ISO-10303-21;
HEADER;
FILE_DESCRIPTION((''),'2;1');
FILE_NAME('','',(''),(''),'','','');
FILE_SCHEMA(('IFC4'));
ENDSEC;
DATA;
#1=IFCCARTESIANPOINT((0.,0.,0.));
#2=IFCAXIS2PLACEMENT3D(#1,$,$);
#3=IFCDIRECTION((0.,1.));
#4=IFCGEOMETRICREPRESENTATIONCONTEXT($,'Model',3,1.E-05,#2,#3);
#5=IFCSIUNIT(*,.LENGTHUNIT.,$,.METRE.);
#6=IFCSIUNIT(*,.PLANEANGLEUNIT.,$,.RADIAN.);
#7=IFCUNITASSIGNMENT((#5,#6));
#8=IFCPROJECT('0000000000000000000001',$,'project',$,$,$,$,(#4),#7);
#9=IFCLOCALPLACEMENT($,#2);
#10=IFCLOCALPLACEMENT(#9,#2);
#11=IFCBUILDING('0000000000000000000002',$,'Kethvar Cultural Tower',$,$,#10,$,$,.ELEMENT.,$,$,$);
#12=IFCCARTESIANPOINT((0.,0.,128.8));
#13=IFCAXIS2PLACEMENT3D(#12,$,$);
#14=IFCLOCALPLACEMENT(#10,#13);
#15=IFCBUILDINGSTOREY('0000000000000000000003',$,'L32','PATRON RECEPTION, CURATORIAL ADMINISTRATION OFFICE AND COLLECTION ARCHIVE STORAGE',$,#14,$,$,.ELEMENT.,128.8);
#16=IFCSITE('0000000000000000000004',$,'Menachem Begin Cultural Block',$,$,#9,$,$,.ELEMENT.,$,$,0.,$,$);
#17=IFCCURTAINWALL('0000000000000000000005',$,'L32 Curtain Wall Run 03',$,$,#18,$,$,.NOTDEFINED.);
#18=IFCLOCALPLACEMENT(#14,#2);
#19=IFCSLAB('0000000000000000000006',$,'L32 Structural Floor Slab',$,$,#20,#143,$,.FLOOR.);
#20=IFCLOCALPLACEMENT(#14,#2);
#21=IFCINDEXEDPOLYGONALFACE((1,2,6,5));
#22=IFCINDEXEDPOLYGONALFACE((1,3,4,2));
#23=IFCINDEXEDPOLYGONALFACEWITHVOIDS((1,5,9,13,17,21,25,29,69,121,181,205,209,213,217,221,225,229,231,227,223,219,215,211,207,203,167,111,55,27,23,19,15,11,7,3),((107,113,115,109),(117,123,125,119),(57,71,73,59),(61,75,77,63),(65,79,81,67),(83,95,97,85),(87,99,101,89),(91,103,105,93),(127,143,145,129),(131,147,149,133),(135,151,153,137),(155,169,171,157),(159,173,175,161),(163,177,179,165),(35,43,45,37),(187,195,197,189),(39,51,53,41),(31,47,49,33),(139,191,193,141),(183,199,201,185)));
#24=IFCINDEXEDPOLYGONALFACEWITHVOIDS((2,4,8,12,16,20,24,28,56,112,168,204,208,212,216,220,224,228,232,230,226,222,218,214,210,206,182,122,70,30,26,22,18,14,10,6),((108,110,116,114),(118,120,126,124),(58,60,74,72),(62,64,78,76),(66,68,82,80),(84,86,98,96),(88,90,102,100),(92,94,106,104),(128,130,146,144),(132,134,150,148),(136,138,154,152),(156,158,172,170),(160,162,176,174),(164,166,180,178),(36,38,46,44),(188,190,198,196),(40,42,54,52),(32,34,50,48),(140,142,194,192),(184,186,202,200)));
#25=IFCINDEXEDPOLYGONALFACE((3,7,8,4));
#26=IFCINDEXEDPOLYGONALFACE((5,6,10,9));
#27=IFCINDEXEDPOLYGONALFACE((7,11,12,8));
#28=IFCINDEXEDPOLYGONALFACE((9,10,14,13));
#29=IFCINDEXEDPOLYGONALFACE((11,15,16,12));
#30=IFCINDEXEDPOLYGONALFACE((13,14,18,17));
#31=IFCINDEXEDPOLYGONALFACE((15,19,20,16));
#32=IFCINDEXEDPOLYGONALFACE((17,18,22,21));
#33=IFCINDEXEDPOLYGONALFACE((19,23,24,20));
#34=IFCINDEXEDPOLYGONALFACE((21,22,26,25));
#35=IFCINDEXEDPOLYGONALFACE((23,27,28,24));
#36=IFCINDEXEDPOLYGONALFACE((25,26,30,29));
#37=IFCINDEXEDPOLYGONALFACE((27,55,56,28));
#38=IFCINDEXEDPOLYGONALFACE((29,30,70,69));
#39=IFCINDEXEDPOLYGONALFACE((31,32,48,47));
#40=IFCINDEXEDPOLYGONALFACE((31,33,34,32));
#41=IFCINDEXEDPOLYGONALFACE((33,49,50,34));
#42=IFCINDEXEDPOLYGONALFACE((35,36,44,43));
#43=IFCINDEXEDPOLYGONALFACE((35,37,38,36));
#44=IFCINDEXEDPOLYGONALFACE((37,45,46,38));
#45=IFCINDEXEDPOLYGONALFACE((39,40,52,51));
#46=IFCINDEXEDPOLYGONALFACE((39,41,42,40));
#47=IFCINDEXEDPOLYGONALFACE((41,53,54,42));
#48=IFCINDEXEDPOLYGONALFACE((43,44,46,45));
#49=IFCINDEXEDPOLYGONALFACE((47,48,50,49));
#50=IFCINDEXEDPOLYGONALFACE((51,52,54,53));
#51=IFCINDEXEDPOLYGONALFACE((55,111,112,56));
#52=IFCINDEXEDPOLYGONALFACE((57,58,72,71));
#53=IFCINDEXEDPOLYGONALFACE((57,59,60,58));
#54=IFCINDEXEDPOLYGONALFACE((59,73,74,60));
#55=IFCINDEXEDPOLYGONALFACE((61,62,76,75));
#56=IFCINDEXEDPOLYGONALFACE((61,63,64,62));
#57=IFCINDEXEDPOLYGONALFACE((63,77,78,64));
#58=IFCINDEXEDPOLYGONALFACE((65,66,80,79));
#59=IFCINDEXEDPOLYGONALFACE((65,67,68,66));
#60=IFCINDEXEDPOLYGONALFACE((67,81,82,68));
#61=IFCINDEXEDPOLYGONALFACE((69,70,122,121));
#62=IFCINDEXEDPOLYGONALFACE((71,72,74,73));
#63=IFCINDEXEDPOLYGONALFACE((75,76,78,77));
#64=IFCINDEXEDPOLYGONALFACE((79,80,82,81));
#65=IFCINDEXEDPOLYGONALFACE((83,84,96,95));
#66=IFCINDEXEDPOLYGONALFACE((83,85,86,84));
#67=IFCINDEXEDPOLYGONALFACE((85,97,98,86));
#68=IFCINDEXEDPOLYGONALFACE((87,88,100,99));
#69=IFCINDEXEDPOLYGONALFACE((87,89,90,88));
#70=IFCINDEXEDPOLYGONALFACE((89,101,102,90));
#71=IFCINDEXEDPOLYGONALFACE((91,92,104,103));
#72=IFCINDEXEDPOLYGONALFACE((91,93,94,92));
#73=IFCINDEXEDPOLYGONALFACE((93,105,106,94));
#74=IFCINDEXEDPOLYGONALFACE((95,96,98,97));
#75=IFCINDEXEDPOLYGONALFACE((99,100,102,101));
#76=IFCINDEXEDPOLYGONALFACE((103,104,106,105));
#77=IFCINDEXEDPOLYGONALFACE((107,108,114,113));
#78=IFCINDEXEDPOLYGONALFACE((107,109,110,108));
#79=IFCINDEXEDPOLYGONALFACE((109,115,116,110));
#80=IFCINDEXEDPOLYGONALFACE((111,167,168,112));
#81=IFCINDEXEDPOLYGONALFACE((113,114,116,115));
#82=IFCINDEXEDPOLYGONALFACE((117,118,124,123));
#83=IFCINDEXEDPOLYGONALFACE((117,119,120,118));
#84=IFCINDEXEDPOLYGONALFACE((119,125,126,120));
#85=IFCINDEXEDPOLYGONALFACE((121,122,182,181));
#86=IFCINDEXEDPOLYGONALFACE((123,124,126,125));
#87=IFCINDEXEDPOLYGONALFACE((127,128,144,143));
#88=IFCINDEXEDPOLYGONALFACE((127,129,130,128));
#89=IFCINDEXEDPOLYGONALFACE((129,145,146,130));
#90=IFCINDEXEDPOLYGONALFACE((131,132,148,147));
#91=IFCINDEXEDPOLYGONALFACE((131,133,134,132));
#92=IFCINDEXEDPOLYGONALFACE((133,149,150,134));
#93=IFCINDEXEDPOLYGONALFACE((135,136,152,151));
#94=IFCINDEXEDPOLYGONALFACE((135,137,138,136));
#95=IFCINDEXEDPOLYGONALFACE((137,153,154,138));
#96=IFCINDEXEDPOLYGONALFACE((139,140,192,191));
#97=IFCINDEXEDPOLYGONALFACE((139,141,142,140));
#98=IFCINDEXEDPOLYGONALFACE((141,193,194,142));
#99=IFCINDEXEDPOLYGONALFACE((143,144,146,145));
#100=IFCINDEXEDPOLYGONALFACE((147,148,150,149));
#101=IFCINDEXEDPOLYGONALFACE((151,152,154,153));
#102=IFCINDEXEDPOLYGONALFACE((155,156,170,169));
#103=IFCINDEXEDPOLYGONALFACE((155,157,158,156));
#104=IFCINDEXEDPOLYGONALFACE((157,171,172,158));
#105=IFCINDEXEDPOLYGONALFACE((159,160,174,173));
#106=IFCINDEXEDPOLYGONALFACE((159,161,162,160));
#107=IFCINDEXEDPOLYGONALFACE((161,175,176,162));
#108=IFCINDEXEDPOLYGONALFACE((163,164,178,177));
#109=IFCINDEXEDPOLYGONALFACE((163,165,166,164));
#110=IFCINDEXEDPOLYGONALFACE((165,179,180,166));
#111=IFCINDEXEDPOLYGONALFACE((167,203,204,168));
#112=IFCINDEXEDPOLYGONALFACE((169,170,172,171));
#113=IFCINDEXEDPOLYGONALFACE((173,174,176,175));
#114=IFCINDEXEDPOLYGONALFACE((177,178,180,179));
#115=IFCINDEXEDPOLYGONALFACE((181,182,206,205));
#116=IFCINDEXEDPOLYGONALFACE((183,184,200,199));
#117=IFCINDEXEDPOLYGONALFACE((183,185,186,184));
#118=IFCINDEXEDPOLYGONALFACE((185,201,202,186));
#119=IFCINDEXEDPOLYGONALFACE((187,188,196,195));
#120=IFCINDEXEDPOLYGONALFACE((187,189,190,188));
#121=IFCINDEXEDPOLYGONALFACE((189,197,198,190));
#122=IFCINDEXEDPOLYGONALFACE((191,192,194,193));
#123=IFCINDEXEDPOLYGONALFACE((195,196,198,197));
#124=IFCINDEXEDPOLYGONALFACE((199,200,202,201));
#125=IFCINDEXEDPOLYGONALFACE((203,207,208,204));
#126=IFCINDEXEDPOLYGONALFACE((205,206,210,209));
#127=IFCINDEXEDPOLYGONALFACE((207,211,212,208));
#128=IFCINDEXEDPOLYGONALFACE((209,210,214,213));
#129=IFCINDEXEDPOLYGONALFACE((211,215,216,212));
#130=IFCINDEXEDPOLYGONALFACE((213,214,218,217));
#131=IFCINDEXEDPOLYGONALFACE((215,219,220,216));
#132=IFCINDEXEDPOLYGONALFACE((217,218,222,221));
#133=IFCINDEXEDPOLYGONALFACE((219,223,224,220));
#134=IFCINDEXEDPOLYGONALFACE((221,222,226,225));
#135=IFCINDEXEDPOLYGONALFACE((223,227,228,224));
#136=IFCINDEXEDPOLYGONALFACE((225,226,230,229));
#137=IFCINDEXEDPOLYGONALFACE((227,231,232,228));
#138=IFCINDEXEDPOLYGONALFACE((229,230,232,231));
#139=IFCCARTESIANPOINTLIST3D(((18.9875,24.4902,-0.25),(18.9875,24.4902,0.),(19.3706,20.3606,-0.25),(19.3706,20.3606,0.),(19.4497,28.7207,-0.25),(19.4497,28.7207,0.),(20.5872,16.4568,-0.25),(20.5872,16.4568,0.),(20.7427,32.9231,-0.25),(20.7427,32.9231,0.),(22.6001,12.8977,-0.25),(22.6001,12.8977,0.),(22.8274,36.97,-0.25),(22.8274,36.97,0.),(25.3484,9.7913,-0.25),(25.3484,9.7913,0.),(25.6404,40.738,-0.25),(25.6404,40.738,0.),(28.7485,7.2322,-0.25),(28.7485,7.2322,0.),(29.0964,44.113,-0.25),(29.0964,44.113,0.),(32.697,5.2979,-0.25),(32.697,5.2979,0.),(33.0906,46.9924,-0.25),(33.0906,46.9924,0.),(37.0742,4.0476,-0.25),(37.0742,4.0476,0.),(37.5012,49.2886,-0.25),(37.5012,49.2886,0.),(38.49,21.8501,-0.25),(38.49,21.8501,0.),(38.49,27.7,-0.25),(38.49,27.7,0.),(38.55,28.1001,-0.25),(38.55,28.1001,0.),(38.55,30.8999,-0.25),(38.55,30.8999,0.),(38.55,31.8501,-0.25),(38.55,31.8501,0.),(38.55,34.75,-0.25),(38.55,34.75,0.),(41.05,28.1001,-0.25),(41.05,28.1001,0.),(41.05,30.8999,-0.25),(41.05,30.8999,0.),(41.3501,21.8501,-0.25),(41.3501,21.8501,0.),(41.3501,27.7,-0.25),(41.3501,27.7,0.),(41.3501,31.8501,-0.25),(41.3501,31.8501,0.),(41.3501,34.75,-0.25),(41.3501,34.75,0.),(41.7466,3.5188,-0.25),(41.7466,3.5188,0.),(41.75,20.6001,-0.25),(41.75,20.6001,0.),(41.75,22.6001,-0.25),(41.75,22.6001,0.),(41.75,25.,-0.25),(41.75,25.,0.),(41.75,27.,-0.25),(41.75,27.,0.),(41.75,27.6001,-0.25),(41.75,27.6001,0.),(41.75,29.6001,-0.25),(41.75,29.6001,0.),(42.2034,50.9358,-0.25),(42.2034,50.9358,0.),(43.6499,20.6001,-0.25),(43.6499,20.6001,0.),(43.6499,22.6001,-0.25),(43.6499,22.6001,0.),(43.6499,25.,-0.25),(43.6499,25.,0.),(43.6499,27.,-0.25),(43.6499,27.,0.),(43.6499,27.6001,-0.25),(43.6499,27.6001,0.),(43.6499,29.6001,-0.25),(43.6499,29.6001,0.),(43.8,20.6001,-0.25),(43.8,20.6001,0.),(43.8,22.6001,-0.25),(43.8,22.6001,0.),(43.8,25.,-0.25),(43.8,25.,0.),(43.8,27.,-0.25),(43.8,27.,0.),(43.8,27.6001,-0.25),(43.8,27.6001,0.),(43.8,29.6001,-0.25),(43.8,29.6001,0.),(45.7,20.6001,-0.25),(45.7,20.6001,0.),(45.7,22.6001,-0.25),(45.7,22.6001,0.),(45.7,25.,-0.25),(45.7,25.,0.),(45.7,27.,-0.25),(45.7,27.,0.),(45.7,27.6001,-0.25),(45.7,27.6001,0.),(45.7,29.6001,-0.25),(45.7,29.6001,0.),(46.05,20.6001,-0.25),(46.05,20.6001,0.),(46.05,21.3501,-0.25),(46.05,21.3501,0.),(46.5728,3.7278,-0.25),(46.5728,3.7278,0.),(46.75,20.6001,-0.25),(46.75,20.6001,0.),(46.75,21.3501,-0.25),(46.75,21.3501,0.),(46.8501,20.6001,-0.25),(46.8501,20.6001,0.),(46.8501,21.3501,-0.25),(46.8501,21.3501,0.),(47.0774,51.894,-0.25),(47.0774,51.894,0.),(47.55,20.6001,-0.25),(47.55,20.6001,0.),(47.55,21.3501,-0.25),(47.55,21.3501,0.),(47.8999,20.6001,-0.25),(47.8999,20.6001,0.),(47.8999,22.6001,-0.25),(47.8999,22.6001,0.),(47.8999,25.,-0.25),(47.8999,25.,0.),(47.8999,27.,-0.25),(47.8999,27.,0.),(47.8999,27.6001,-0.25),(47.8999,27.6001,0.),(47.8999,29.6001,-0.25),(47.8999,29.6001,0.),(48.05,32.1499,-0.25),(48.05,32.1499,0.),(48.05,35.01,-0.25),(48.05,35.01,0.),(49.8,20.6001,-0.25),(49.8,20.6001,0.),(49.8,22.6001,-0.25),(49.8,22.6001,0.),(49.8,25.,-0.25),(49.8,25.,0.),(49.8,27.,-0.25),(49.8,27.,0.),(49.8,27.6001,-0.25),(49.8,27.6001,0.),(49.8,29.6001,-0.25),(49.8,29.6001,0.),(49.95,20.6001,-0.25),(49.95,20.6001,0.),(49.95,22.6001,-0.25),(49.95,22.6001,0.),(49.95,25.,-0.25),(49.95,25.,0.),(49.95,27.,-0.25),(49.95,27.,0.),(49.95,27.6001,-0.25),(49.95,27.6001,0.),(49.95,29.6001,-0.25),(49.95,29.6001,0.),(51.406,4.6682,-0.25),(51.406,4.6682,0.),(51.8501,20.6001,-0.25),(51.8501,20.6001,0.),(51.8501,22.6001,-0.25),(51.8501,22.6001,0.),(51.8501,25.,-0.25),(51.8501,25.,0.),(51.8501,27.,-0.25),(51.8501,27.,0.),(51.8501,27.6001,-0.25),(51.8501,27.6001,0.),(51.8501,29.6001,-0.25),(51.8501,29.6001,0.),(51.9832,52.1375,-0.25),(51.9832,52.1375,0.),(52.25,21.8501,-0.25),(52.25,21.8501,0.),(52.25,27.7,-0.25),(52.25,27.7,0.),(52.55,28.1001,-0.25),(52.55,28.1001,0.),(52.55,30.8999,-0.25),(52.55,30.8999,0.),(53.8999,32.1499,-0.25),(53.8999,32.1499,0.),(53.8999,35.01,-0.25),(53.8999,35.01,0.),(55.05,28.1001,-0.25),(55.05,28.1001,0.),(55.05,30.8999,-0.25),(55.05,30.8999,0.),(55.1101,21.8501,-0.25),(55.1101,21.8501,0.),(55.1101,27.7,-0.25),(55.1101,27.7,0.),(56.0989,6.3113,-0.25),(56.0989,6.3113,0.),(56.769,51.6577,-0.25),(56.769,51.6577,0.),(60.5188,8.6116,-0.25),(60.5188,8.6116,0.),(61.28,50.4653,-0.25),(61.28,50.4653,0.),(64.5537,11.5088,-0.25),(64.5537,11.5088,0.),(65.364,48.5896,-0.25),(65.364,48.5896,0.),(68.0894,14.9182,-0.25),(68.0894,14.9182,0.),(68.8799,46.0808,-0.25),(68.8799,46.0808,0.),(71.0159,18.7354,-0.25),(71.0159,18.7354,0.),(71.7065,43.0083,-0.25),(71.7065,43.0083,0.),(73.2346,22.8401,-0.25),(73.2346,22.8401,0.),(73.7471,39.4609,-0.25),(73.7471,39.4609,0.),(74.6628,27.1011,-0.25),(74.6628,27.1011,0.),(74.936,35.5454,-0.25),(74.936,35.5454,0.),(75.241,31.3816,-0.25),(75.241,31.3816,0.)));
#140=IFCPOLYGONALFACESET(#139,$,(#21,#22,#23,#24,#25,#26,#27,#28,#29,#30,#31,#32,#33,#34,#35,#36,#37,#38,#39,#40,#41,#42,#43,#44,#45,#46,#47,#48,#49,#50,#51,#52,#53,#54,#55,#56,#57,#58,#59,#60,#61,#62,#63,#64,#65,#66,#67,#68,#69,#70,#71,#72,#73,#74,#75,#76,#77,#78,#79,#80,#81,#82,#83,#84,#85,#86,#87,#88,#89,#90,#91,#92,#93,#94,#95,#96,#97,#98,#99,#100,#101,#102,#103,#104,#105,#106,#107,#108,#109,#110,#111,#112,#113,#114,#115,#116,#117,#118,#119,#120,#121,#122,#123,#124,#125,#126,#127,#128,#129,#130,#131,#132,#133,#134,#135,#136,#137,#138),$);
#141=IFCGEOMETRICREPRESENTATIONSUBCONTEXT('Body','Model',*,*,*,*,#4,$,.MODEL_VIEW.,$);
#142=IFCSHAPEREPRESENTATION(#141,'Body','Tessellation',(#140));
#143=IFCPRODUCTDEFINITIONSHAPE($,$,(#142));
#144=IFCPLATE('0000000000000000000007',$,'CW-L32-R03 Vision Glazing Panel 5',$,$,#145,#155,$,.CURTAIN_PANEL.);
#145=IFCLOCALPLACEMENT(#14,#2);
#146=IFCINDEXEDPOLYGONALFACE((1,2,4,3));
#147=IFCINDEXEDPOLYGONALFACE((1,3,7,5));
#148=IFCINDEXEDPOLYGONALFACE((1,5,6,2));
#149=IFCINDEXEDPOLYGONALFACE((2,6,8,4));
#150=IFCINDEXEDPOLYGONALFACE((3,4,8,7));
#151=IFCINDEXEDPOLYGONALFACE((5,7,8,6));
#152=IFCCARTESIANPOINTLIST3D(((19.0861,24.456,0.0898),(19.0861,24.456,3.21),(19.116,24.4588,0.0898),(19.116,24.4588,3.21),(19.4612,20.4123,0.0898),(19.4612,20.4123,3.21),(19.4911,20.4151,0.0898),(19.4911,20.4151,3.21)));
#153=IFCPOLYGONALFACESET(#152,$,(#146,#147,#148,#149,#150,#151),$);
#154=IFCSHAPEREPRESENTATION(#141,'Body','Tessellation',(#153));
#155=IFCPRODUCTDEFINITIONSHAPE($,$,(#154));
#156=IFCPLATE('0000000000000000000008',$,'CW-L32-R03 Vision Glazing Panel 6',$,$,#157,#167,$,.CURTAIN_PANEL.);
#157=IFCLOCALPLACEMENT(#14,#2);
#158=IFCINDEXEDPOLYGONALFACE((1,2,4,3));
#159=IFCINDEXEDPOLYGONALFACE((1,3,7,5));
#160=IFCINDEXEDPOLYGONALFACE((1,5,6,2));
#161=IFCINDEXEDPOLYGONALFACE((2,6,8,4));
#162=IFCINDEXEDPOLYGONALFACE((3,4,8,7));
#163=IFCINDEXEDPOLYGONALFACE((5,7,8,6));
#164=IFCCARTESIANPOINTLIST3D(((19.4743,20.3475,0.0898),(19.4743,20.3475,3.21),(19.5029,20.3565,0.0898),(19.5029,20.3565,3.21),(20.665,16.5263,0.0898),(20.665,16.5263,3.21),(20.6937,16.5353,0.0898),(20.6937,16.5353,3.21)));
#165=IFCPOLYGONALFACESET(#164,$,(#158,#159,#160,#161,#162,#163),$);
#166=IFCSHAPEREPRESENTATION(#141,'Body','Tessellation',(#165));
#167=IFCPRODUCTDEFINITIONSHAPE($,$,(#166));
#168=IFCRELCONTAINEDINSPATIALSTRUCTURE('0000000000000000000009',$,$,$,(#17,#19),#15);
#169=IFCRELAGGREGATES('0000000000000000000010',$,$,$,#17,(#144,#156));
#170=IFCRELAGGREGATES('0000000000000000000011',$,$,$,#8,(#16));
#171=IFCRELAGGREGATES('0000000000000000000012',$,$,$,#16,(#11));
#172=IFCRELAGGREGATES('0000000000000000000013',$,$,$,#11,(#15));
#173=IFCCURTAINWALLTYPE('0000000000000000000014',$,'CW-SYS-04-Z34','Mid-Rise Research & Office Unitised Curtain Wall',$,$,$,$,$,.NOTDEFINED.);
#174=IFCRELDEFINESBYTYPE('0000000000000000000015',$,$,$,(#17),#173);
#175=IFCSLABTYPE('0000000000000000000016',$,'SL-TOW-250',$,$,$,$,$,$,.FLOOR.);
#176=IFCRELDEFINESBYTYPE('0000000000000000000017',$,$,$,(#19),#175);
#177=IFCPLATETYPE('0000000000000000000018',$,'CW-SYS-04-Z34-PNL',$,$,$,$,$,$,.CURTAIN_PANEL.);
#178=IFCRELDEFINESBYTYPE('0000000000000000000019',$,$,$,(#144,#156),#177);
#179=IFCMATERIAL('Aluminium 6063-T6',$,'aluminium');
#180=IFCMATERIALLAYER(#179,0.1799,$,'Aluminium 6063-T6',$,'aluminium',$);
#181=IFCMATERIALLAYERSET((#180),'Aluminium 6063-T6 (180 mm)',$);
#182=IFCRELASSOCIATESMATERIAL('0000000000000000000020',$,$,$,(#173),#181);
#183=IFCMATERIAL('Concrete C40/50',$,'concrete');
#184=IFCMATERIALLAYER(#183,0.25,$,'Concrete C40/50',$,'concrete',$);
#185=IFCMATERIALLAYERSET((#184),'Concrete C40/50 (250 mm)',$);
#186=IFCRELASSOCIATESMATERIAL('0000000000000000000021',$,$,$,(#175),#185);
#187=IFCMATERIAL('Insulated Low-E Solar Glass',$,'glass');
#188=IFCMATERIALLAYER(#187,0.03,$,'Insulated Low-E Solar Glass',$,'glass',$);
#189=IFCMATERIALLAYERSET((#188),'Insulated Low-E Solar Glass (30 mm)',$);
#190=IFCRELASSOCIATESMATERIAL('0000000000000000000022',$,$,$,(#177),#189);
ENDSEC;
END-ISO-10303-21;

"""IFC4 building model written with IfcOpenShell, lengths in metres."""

from ifc_helpers import new_model, si_unit, direction, frame, origin, origin_2d, place, context, subcontext, project, spatial, polyline, rectangle, outline, extrude, source, transform, mapped, material, layer, layer_set, type_object, element, aggregate, save


model = new_model("IFC4")

# Units and contexts
model_context = context("Model", 3, precision=1e-05, world=origin(), true_north=direction((0.0, 1.0)))
body_context = subcontext(model_context, "Body", "Model", "MODEL_VIEW")
ifc_project = project(units=[si_unit("LENGTHUNIT", "METRE"), si_unit("PLANEANGLEUNIT", "RADIAN")], contexts=[model_context])

# Site, building, storey
site_placement = place(None, origin())
site = spatial("IfcSite", under=ifc_project, at=site_placement, Name="Menachem Begin Cultural Block", CompositionType="ELEMENT", RefElevation=0.0)
building_placement = place(site_placement, origin())
building = spatial("IfcBuilding", under=site, at=building_placement, Name="Kethvar Cultural Tower", CompositionType="ELEMENT")
storey_placement = place(building_placement, frame((0.0, 0.0, 128.8)))
storey = spatial("IfcBuildingStorey", under=building, at=storey_placement, Name="L32", Description="PATRON RECEPTION, CURATORIAL ADMINISTRATION OFFICE AND COLLECTION ARCHIVE STORAGE", CompositionType="ELEMENT", Elevation=128.8)

# Curtain wall
ifc_material_1 = material(Name="Aluminium 6063-T6", Category="aluminium")
ifc_layer_1 = layer(ifc_material_1, 0.1799, Name="Aluminium 6063-T6", Category="aluminium")
ifc_layer_set_1 = layer_set([ifc_layer_1], Name="Aluminium 6063-T6 (180 mm)")
curtain_wall_type = type_object("IfcCurtainWallType", Name="CW-SYS-04-Z34", Description="Mid-Rise Research & Office Unitised Curtain Wall", PredefinedType="NOTDEFINED", material=ifc_layer_set_1)
curtain_wall_placement = place(storey_placement, origin())
curtain_wall = element("IfcCurtainWall", 1, at=curtain_wall_placement, inside=storey, type_object=curtain_wall_type, Name="L32 Curtain Wall Run 03", PredefinedType="NOTDEFINED")

# Shared definitions
ifc_material_2 = material(Name="Concrete C40/50", Category="concrete")

# Slab
ifc_layer_2 = layer(ifc_material_2, 0.25, Name="Concrete C40/50", Category="concrete")
ifc_layer_set_2 = layer_set([ifc_layer_2], Name="Concrete C40/50 (250 mm)")
slab_type_1 = type_object("IfcSlabType", Name="SL-TOW-250", PredefinedType="FLOOR", material=ifc_layer_set_2)
slab_1_placement = place(storey_placement, frame((0.0, 0.0, -0.25)))
element("IfcSlab", 2, at=slab_1_placement, inside=storey, type_object=slab_type_1, Name="L32 Structural Floor Slab", PredefinedType="FLOOR", context=body_context, shape_type="SweptSolid", body=[
    extrude(outline(polyline([(73.7471, 39.4609), (71.7065, 43.0083), (68.8799, 46.0808), (65.364, 48.5896), (61.28, 50.4653), (56.769, 51.6577), (51.9832, 52.1375), (47.0774, 51.894), (42.2034, 50.9358), (37.5012, 49.2886), (33.0906, 46.9924), (29.0964, 44.113), (25.6404, 40.738), (22.8274, 36.97), (20.7427, 32.9231), (19.4497, 28.7207), (18.9875, 24.4902), (19.3706, 20.3606), (20.5872, 16.4568), (22.6001, 12.8977), (25.3484, 9.7913), (28.7485, 7.2322), (32.697, 5.2979), (37.0742, 4.0476), (41.7466, 3.5188), (46.5728, 3.7278), (51.406, 4.6682), (56.0989, 6.3113), (60.5188, 8.6116), (64.5537, 11.5088), (68.0894, 14.9182), (71.0159, 18.7354), (73.2346, 22.8401), (74.6628, 27.1011), (75.241, 31.3816), (74.936, 35.5454), (73.7471, 39.4609)]), holes=[polyline([(38.49, 21.8501), (38.49, 27.7), (41.3501, 27.7), (41.3501, 21.8501), (38.49, 21.8501)]), polyline([(52.25, 21.8501), (52.25, 27.7), (55.1101, 27.7), (55.1101, 21.8501), (52.25, 21.8501)]), polyline([(53.8999, 32.1499), (48.05, 32.1499), (48.05, 35.01), (53.8999, 35.01), (53.8999, 32.1499)]), polyline([(41.75, 22.6001), (43.6499, 22.6001), (43.6499, 20.6001), (41.75, 20.6001), (41.75, 22.6001)]), polyline([(43.8, 22.6001), (45.7, 22.6001), (45.7, 20.6001), (43.8, 20.6001), (43.8, 22.6001)]), polyline([(47.8999, 22.6001), (49.8, 22.6001), (49.8, 20.6001), (47.8999, 20.6001), (47.8999, 22.6001)]), polyline([(49.95, 22.6001), (51.8501, 22.6001), (51.8501, 20.6001), (49.95, 20.6001), (49.95, 22.6001)]), polyline([(41.75, 27.0), (43.6499, 27.0), (43.6499, 25.0), (41.75, 25.0), (41.75, 27.0)]), polyline([(43.8, 27.0), (45.7, 27.0), (45.7, 25.0), (43.8, 25.0), (43.8, 27.0)]), polyline([(47.8999, 27.0), (49.8, 27.0), (49.8, 25.0), (47.8999, 25.0), (47.8999, 27.0)]), polyline([(49.95, 27.0), (51.8501, 27.0), (51.8501, 25.0), (49.95, 25.0), (49.95, 27.0)]), polyline([(41.75, 29.6001), (43.6499, 29.6001), (43.6499, 27.6001), (41.75, 27.6001), (41.75, 29.6001)]), polyline([(43.8, 29.6001), (45.7, 29.6001), (45.7, 27.6001), (43.8, 27.6001), (43.8, 29.6001)]), polyline([(47.8999, 29.6001), (49.8, 29.6001), (49.8, 27.6001), (47.8999, 27.6001), (47.8999, 29.6001)]), polyline([(49.95, 29.6001), (51.8501, 29.6001), (51.8501, 27.6001), (49.95, 27.6001), (49.95, 29.6001)]), polyline([(38.55, 30.8999), (41.05, 30.8999), (41.05, 28.1001), (38.55, 28.1001), (38.55, 30.8999)]), polyline([(52.55, 30.8999), (55.05, 30.8999), (55.05, 28.1001), (52.55, 28.1001), (52.55, 30.8999)]), polyline([(38.55, 34.75), (41.3501, 34.75), (41.3501, 31.8501), (38.55, 31.8501), (38.55, 34.75)]), polyline([(46.05, 21.3501), (46.75, 21.3501), (46.75, 20.6001), (46.05, 20.6001), (46.05, 21.3501)]), polyline([(46.8501, 21.3501), (47.55, 21.3501), (47.55, 20.6001), (46.8501, 20.6001), (46.8501, 21.3501)])]), origin(), (0.0, 0.0, 1.0), 0.25),
])

# Plates
ifc_material_3 = material(Name="Insulated Low-E Solar Glass", Category="glass")
ifc_layer_3 = layer(ifc_material_3, 0.03, Name="Insulated Low-E Solar Glass", Category="glass")
ifc_layer_set_3 = layer_set([ifc_layer_3], Name="Insulated Low-E Solar Glass (30 mm)")
plate_type = type_object("IfcPlateType", Name="CW-SYS-04-Z34-PNL", PredefinedType="CURTAIN_PANEL", material=ifc_layer_set_3)
shared_shape_1 = source(origin(), body_context, "Body", "SweptSolid", [
    extrude(rectangle(XDim=4.061, YDim=0.03, at=origin_2d()), origin(), (0.0, 0.0, 1.0), 3.1201),
])
plate_1_placement = place(storey_placement, frame((19.2886, 22.4355, 0.0898), z_axis=(0.0, 0.0, 1.0), x_axis=(0.092371, -0.995725, 0.0)))
plate_1 = element("IfcPlate", 3, at=plate_1_placement, type_object=plate_type, Name="CW-L32-R03 Vision Glazing Panel 5", PredefinedType="CURTAIN_PANEL", context=body_context, shape_type="MappedRepresentation", body=[
    mapped(shared_shape_1, transform((0.0, 0.0, 0.0), scale=1.0)),
])
shared_shape_2 = source(origin(), body_context, "Body", "SweptSolid", [
    extrude(rectangle(XDim=4.0024, YDim=0.03, at=origin_2d()), origin(), (0.0, 0.0, 1.0), 3.1201),
])
plate_2_placement = place(storey_placement, frame((20.084, 18.4414, 0.0898), z_axis=(0.0, 0.0, 1.0), x_axis=(0.297508, -0.954719, 0.0)))
plate_2 = element("IfcPlate", 4, at=plate_2_placement, type_object=plate_type, Name="CW-L32-R03 Vision Glazing Panel 6", PredefinedType="CURTAIN_PANEL", context=body_context, shape_type="MappedRepresentation", body=[
    mapped(shared_shape_2, transform((0.0, 0.0, 0.0), scale=1.0)),
])
aggregate(curtain_wall, [plate_1, plate_2])

save(model, "model.ifc")
